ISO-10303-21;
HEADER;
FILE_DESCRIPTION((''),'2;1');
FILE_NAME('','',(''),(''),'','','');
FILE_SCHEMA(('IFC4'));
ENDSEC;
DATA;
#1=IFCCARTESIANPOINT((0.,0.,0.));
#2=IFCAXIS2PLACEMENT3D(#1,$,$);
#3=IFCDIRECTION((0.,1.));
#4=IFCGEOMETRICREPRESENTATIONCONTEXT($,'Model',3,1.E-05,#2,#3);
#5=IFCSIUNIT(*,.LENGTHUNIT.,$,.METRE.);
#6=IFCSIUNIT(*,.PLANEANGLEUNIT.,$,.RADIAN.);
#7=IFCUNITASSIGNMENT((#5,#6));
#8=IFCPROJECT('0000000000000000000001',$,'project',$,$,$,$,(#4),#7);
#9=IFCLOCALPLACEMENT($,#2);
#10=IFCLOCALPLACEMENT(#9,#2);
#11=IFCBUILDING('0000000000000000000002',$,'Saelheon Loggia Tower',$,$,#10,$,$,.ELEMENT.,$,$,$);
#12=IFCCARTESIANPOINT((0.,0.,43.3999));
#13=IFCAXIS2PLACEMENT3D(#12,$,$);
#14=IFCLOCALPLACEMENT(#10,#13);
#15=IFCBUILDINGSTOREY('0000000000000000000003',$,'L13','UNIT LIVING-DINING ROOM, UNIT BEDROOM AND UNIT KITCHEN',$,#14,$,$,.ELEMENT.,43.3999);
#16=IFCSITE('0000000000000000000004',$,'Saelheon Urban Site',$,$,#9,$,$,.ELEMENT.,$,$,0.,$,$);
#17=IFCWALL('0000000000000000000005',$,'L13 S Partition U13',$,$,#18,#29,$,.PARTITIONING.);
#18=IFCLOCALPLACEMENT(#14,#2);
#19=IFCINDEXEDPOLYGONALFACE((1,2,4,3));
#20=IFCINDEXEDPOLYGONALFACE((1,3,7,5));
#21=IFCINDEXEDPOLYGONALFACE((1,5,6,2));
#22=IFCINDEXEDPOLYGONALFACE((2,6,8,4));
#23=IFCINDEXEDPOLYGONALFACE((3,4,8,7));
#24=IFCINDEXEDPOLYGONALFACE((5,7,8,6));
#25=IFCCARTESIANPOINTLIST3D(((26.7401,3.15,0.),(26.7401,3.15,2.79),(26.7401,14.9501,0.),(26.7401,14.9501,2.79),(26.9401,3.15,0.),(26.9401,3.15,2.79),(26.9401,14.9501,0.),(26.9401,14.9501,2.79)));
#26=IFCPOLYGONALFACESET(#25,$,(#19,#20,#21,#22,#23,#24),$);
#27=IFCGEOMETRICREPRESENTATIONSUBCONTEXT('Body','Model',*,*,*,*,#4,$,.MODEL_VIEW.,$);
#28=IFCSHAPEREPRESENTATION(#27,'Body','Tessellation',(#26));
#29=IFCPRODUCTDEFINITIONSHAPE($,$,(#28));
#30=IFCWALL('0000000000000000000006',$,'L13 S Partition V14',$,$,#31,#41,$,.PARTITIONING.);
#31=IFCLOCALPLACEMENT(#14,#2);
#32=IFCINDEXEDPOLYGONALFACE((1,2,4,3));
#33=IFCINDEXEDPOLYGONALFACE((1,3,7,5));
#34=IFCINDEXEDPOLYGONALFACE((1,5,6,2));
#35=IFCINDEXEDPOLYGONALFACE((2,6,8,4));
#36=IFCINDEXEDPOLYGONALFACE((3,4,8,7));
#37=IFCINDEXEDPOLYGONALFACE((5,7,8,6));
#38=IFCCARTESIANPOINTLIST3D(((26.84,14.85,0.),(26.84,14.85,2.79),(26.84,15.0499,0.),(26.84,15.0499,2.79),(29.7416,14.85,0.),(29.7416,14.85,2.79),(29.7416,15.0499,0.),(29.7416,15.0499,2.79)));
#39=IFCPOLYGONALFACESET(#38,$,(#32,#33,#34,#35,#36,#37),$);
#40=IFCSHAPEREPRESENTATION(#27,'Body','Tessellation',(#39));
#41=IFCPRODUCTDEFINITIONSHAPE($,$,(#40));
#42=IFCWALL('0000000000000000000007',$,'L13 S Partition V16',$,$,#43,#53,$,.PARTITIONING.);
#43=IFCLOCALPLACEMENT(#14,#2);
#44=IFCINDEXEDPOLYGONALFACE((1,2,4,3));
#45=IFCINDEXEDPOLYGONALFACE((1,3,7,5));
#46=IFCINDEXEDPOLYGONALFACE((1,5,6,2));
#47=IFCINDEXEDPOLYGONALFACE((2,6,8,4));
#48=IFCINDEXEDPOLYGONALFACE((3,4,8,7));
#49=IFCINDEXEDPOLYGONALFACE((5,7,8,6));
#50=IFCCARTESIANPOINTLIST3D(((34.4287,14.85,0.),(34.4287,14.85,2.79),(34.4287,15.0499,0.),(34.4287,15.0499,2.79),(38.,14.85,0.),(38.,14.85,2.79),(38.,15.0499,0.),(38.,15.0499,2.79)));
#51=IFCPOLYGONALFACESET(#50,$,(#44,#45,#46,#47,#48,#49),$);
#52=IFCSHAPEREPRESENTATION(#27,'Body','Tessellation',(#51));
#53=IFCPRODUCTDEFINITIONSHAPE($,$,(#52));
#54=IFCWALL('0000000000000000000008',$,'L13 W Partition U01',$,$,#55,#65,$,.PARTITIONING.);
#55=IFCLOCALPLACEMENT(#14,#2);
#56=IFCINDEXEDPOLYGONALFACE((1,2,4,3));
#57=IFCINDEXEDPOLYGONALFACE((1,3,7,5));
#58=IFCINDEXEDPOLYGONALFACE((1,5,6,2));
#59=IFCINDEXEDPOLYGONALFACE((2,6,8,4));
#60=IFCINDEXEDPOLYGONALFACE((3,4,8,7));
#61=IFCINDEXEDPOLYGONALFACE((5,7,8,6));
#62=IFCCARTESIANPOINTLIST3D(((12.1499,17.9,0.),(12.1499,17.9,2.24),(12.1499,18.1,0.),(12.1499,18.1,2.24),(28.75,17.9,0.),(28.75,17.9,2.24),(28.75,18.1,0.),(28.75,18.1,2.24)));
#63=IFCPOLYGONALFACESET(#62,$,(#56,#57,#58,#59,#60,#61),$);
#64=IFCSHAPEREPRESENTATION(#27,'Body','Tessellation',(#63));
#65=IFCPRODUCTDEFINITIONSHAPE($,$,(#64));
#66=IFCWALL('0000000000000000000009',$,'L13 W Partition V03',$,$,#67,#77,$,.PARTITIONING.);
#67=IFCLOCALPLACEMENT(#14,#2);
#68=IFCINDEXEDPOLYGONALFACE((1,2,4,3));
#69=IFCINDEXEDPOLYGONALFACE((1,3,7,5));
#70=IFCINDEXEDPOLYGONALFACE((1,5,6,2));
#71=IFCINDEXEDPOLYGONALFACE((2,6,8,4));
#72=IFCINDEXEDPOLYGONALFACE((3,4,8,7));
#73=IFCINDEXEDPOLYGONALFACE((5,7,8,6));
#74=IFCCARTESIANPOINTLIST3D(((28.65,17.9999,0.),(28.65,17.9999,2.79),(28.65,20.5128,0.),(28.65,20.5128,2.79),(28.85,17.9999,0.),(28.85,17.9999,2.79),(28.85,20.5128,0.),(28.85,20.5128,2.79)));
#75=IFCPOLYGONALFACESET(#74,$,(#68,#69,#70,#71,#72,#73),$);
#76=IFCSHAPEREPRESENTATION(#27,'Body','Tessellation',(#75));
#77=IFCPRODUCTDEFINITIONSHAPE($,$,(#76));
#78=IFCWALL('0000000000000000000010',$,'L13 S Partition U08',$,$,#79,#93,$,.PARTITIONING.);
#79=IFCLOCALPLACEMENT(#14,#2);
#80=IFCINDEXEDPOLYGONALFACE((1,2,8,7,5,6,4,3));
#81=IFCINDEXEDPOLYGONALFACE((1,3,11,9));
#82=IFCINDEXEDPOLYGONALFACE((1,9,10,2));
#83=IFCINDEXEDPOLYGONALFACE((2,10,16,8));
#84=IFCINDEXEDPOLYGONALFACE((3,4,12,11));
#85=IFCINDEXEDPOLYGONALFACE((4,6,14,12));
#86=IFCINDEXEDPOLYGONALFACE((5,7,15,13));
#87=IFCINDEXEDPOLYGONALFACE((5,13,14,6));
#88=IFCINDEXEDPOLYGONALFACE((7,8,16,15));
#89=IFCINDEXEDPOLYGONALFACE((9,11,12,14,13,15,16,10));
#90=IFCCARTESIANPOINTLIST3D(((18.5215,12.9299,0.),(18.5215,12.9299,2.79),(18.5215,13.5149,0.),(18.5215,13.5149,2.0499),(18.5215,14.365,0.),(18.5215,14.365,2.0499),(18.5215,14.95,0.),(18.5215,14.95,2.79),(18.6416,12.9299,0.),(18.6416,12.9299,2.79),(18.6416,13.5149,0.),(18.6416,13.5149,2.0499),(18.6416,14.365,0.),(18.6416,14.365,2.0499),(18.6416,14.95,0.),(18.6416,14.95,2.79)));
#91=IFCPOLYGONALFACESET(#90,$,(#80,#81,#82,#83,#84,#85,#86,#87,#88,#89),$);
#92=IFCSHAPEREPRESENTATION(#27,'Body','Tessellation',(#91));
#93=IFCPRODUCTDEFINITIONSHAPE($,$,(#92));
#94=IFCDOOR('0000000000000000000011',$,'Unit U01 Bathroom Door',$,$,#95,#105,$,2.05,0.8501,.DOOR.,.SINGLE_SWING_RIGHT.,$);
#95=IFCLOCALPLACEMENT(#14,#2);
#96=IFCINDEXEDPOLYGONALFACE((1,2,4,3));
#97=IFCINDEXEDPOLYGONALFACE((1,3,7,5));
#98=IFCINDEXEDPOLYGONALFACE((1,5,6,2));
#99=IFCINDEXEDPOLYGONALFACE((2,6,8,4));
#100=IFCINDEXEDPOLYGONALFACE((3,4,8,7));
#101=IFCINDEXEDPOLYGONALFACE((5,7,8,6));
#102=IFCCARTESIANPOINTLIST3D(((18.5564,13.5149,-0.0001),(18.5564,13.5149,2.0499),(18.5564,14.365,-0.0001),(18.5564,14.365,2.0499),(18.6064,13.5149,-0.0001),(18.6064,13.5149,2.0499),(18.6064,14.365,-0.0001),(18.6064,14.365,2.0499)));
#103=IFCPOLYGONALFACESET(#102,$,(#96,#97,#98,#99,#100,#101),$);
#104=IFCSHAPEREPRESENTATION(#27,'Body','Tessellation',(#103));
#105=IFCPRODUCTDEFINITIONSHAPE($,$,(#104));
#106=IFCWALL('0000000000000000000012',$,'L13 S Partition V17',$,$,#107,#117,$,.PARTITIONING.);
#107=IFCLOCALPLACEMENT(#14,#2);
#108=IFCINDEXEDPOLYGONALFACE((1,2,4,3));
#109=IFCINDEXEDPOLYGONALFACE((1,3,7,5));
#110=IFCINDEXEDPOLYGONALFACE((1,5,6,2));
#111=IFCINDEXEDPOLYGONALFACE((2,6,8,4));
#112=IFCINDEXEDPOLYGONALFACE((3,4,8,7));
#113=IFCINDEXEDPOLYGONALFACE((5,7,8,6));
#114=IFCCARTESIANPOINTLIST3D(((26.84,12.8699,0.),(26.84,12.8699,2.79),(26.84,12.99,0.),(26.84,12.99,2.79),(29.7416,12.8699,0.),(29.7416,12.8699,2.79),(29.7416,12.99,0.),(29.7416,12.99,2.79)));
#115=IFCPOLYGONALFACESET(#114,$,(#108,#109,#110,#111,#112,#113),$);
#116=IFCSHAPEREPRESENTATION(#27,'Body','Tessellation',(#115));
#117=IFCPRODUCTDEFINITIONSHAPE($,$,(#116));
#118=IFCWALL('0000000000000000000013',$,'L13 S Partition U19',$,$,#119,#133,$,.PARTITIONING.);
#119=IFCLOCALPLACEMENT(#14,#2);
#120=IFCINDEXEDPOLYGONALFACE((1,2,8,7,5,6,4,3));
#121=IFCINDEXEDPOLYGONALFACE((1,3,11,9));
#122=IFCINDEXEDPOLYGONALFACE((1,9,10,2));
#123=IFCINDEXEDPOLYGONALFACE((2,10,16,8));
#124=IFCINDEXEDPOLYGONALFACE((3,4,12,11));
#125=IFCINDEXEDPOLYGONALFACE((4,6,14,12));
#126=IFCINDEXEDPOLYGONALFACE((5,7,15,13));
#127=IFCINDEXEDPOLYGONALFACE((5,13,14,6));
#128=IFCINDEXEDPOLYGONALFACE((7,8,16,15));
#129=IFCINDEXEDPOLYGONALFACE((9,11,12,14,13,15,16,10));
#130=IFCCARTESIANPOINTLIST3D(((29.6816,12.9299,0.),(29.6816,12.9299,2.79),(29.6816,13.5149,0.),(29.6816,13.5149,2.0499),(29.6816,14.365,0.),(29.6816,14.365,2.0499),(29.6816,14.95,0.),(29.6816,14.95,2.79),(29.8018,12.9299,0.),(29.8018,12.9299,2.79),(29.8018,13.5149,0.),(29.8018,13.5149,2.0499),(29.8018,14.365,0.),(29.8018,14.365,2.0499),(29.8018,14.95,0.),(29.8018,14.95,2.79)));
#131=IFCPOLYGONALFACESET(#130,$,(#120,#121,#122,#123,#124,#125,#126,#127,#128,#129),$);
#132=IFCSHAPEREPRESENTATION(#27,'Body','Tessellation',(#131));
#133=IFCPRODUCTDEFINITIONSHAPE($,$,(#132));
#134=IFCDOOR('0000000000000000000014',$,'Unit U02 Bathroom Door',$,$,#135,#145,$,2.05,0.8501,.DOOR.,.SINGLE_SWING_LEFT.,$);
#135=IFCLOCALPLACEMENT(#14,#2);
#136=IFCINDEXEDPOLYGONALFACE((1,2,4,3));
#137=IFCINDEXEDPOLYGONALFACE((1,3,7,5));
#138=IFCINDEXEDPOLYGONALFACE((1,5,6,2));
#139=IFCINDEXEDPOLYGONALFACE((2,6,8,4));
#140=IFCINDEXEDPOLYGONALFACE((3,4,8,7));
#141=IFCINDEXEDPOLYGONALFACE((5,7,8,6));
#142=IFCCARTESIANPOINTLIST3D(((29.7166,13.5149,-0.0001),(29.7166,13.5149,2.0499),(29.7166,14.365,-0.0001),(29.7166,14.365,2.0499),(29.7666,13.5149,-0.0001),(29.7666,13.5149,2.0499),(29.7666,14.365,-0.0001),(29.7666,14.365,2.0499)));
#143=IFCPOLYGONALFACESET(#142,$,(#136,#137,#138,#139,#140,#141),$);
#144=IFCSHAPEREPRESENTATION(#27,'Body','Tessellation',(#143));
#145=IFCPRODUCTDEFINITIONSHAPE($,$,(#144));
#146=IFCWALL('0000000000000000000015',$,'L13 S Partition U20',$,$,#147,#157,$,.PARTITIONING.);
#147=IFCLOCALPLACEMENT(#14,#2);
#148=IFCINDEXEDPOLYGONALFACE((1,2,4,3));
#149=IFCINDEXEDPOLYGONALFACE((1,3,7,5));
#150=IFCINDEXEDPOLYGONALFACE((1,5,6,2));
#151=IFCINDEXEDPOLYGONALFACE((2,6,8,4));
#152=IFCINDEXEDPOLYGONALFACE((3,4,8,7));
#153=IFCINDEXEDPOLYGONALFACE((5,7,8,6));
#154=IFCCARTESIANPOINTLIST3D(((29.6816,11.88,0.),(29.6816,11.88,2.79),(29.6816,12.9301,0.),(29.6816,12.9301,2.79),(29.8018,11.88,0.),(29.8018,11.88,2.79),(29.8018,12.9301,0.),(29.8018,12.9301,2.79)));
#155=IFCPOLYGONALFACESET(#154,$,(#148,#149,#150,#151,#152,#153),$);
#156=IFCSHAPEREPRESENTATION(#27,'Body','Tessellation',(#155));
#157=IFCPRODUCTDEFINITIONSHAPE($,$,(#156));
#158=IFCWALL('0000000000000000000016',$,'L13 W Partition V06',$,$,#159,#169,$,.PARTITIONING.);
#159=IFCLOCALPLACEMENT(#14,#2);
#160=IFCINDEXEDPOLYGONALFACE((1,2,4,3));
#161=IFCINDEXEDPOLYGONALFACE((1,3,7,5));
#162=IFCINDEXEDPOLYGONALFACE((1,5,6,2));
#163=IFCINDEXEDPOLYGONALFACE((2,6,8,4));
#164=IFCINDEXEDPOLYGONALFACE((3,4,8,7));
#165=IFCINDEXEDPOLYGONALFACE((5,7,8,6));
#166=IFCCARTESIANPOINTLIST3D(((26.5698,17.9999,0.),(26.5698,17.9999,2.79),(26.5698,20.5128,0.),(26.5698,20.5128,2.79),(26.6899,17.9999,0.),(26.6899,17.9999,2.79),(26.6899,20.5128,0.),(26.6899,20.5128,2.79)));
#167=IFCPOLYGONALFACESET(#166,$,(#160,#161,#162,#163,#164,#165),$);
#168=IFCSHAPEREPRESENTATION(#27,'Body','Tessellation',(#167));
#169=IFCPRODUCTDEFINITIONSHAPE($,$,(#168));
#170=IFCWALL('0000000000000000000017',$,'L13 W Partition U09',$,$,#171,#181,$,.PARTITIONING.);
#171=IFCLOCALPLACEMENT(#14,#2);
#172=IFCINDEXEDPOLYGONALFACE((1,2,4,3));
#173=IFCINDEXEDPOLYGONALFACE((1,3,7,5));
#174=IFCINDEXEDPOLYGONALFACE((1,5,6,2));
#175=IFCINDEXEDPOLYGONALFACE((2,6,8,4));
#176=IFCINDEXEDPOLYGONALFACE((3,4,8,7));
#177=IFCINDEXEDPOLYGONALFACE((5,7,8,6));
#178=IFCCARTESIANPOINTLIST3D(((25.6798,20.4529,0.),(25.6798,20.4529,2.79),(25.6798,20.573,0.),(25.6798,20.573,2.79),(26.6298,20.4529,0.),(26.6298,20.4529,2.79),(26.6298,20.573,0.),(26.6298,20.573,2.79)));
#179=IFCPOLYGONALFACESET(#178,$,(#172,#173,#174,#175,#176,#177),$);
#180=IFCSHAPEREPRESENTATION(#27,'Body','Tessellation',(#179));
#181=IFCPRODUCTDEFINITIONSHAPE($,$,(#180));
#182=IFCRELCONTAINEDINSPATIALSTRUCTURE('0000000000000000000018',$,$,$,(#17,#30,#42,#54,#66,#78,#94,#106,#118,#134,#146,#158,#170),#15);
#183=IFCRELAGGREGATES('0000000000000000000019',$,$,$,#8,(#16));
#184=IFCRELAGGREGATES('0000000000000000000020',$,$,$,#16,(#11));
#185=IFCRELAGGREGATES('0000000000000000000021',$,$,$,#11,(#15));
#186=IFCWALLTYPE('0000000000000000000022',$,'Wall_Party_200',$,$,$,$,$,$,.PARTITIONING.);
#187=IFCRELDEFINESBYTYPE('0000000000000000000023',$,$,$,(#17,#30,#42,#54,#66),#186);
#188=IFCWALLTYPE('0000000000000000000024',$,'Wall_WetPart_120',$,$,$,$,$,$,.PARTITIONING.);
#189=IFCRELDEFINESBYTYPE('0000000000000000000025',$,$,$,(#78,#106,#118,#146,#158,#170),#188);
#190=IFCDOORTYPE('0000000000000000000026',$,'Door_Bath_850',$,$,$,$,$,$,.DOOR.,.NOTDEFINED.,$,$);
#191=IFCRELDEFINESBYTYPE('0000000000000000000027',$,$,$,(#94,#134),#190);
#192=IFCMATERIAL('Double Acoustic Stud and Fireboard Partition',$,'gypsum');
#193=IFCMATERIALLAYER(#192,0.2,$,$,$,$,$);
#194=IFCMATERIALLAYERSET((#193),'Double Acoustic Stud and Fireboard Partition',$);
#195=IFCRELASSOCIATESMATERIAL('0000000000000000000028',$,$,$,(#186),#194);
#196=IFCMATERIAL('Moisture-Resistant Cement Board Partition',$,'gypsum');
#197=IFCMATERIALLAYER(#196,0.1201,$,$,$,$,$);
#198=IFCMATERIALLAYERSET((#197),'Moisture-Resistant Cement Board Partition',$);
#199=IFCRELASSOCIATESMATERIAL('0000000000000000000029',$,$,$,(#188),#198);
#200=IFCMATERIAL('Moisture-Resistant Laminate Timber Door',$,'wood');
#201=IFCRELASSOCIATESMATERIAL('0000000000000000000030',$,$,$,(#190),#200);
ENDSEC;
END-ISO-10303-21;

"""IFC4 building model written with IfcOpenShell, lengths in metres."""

from ifc_helpers import new_model, si_unit, direction, frame, frame_2d, origin, place, context, subcontext, project, spatial, rectangle, extrude, source, transform, mapped, material, layer, layer_set, type_object, element, fill, save


model = new_model("IFC4")

# Units and contexts
model_context = context("Model", 3, precision=1e-05, world=origin(), true_north=direction((0.0, 1.0)))
body_context = subcontext(model_context, "Body", "Model", "MODEL_VIEW")
ifc_project = project(units=[si_unit("LENGTHUNIT", "METRE"), si_unit("PLANEANGLEUNIT", "RADIAN")], contexts=[model_context])

# Site, building, storey
site_placement = place(None, origin())
site = spatial("IfcSite", under=ifc_project, at=site_placement, Name="Saelheon Urban Site", CompositionType="ELEMENT", RefElevation=0.0)
building_placement = place(site_placement, origin())
building = spatial("IfcBuilding", under=site, at=building_placement, Name="Saelheon Loggia Tower", CompositionType="ELEMENT")
storey_placement = place(building_placement, frame((0.0, 0.0, 43.3999)))
storey = spatial("IfcBuildingStorey", under=building, at=storey_placement, Name="L13", Description="UNIT LIVING-DINING ROOM, UNIT BEDROOM AND UNIT KITCHEN", CompositionType="ELEMENT", Elevation=43.3999)

# Shared definitions
ifc_material_1 = material(Name="Double Acoustic Stud and Fireboard Partition", Category="gypsum")
ifc_layer_1 = layer(ifc_material_1, 0.2)
ifc_layer_set_1 = layer_set([ifc_layer_1], Name="Double Acoustic Stud and Fireboard Partition")
wall_type_1 = type_object("IfcWallType", Name="Wall_Party_200", PredefinedType="PARTITIONING", material=ifc_layer_set_1)

# Walls
wall_1_placement = place(storey_placement, frame((26.8401, 14.95, 0.0), z_axis=(0.0, 0.0, 1.0), x_axis=(0.0, -1.0, 0.0)))
element("IfcWall", 1, at=wall_1_placement, inside=storey, type_object=wall_type_1, Name="L13 S Partition U13", PredefinedType="PARTITIONING", context=body_context, shape_type="SweptSolid", body=[
    extrude(rectangle(XDim=11.8, YDim=0.2, at=frame_2d((5.8999, 0.0))), origin(), (0.0, 0.0, 1.0), 2.79),
])
wall_2_placement = place(storey_placement, frame((26.8401, 14.95, 0.0), z_axis=(0.0, 0.0, 1.0), x_axis=(1.0, 0.0, 0.0)))
element("IfcWall", 2, at=wall_2_placement, inside=storey, type_object=wall_type_1, Name="L13 S Partition V14", PredefinedType="PARTITIONING", context=body_context, shape_type="SweptSolid", body=[
    extrude(rectangle(XDim=2.9016, YDim=0.2, at=frame_2d((1.4507, 0.0))), origin(), (0.0, 0.0, 1.0), 2.79),
])

# Walls
wall_3_placement = place(storey_placement, frame((34.4287, 14.95, 0.0), z_axis=(0.0, 0.0, 1.0), x_axis=(1.0, 0.0, 0.0)))
element("IfcWall", 3, at=wall_3_placement, inside=storey, type_object=wall_type_1, Name="L13 S Partition V16", PredefinedType="PARTITIONING", context=body_context, shape_type="SweptSolid", body=[
    extrude(rectangle(XDim=3.5713, YDim=0.2, at=frame_2d((1.7856, 0.0))), origin(), (0.0, 0.0, 1.0), 2.79),
])
wall_4_placement = place(storey_placement, frame((28.75, 18.0, 0.0), z_axis=(0.0, 0.0, 1.0), x_axis=(-1.0, 0.0, 0.0)))
element("IfcWall", 4, at=wall_4_placement, inside=storey, type_object=wall_type_1, Name="L13 W Partition U01", PredefinedType="PARTITIONING", context=body_context, shape_type="SweptSolid", body=[
    extrude(rectangle(XDim=16.6001, YDim=0.2, at=frame_2d((8.3, 0.0))), origin(), (0.0, 0.0, 1.0), 2.24),
])
wall_5_placement = place(storey_placement, frame((28.75, 18.0, 0.0), z_axis=(0.0, 0.0, 1.0), x_axis=(0.0, 1.0, 0.0)))
element("IfcWall", 5, at=wall_5_placement, inside=storey, type_object=wall_type_1, Name="L13 W Partition V03", PredefinedType="PARTITIONING", context=body_context, shape_type="SweptSolid", body=[
    extrude(rectangle(XDim=2.5129, YDim=0.2, at=frame_2d((1.2563, 0.0))), origin(), (0.0, 0.0, 1.0), 2.79),
])

# Wall, opening, door
ifc_material_2 = material(Name="Moisture-Resistant Cement Board Partition", Category="gypsum")
ifc_layer_2 = layer(ifc_material_2, 0.1201)
ifc_layer_set_2 = layer_set([ifc_layer_2], Name="Moisture-Resistant Cement Board Partition")
wall_type_2 = type_object("IfcWallType", Name="Wall_WetPart_120", PredefinedType="PARTITIONING", material=ifc_layer_set_2)
wall_6_placement = place(storey_placement, frame((18.5815, 14.95, 0.0), z_axis=(0.0, 0.0, 1.0), x_axis=(0.0, -1.0, 0.0)))
wall_6 = element("IfcWall", 6, at=wall_6_placement, inside=storey, type_object=wall_type_2, Name="L13 S Partition U08", PredefinedType="PARTITIONING", context=body_context, shape_type="SweptSolid", body=[
    extrude(rectangle(XDim=2.02, YDim=0.1201, at=frame_2d((1.01, 0.0))), origin(), (0.0, 0.0, 1.0), 2.79),
])
opening_1_placement = place(wall_6_placement, frame((0.585, 0.0, 0.0)))
opening_1 = element("IfcOpeningElement", 7, at=opening_1_placement, cuts=wall_6, PredefinedType="OPENING", context=body_context, shape_type="SweptSolid", body=[
    extrude(rectangle(XDim=0.8501, YDim=2.05, at=frame_2d((0.425, 1.0249))), frame((0.0, 0.072, 0.0), z_axis=(0.0, -1.0, 0.0), x_axis=(1.0, 0.0, 0.0)), (0.0, 0.0, 1.0), 0.144),
])
ifc_material_3 = material(Name="Moisture-Resistant Laminate Timber Door", Category="wood")
door_type_1 = type_object("IfcDoorType", Name="Door_Bath_850", OperationType="NOTDEFINED", PredefinedType="DOOR", material=ifc_material_3)
shared_shape_1 = source(origin(), body_context, "Body", "SweptSolid", [
    extrude(rectangle(XDim=0.8501, YDim=2.05, at=frame_2d((0.425, 1.0249))), frame((0.0, 0.0249, 0.0), z_axis=(0.0, -1.0, 0.0), x_axis=(1.0, 0.0, 0.0)), (0.0, 0.0, 1.0), 0.05),
])
door_1_placement = place(opening_1_placement, origin())
door_1 = element("IfcDoor", 8, at=door_1_placement, inside=storey, type_object=door_type_1, Name="Unit U01 Bathroom Door", OperationType="SINGLE_SWING_RIGHT", OverallHeight=2.05, OverallWidth=0.8501, PredefinedType="DOOR", context=body_context, shape_type="MappedRepresentation", body=[
    mapped(shared_shape_1, transform((0.0, 0.0, 0.0), scale=1.0)),
])
fill(opening_1, door_1)

# Wall
wall_7_placement = place(storey_placement, frame((26.8401, 12.9299, 0.0), z_axis=(0.0, 0.0, 1.0), x_axis=(1.0, 0.0, 0.0)))
element("IfcWall", 9, at=wall_7_placement, inside=storey, type_object=wall_type_2, Name="L13 S Partition V17", PredefinedType="PARTITIONING", context=body_context, shape_type="SweptSolid", body=[
    extrude(rectangle(XDim=2.9016, YDim=0.1201, at=frame_2d((1.4507, 0.0))), origin(), (0.0, 0.0, 1.0), 2.79),
])

# Wall, opening, door
wall_8_placement = place(storey_placement, frame((29.7417, 14.95, 0.0), z_axis=(0.0, 0.0, 1.0), x_axis=(0.0, -1.0, 0.0)))
wall_8 = element("IfcWall", 10, at=wall_8_placement, inside=storey, type_object=wall_type_2, Name="L13 S Partition U19", PredefinedType="PARTITIONING", context=body_context, shape_type="SweptSolid", body=[
    extrude(rectangle(XDim=2.02, YDim=0.1201, at=frame_2d((1.01, 0.0))), origin(), (0.0, 0.0, 1.0), 2.79),
])
opening_2_placement = place(wall_8_placement, frame((0.585, 0.0, 0.0)))
opening_2 = element("IfcOpeningElement", 11, at=opening_2_placement, cuts=wall_8, PredefinedType="OPENING", context=body_context, shape_type="SweptSolid", body=[
    extrude(rectangle(XDim=0.8501, YDim=2.05, at=frame_2d((0.425, 1.0249))), frame((0.0, 0.072, 0.0), z_axis=(0.0, -1.0, 0.0), x_axis=(1.0, 0.0, 0.0)), (0.0, 0.0, 1.0), 0.144),
])
door_2_placement = place(opening_2_placement, origin())
door_2 = element("IfcDoor", 12, at=door_2_placement, inside=storey, type_object=door_type_1, Name="Unit U02 Bathroom Door", OperationType="SINGLE_SWING_LEFT", OverallHeight=2.05, OverallWidth=0.8501, PredefinedType="DOOR", context=body_context, shape_type="MappedRepresentation", body=[
    mapped(shared_shape_1, transform((0.0, 0.0, 0.0), scale=1.0)),
])
fill(opening_2, door_2)

# Walls
wall_9_placement = place(storey_placement, frame((29.7417, 12.9299, 0.0), z_axis=(0.0, 0.0, 1.0), x_axis=(0.0, -1.0, 0.0)))
element("IfcWall", 13, at=wall_9_placement, inside=storey, type_object=wall_type_2, Name="L13 S Partition U20", PredefinedType="PARTITIONING", context=body_context, shape_type="SweptSolid", body=[
    extrude(rectangle(XDim=1.05, YDim=0.1201, at=frame_2d((0.5249, 0.0))), origin(), (0.0, 0.0, 1.0), 2.79),
])
wall_10_placement = place(storey_placement, frame((26.6299, 18.0, 0.0), z_axis=(0.0, 0.0, 1.0), x_axis=(0.0, 1.0, 0.0)))
element("IfcWall", 14, at=wall_10_placement, inside=storey, type_object=wall_type_2, Name="L13 W Partition V06", PredefinedType="PARTITIONING", context=body_context, shape_type="SweptSolid", body=[
    extrude(rectangle(XDim=2.5129, YDim=0.1201, at=frame_2d((1.2563, 0.0))), origin(), (0.0, 0.0, 1.0), 2.79),
])
wall_11_placement = place(storey_placement, frame((26.6299, 20.5129, 0.0), z_axis=(0.0, 0.0, 1.0), x_axis=(-1.0, 0.0, 0.0)))
element("IfcWall", 15, at=wall_11_placement, inside=storey, type_object=wall_type_2, Name="L13 W Partition U09", PredefinedType="PARTITIONING", context=body_context, shape_type="SweptSolid", body=[
    extrude(rectangle(XDim=0.95, YDim=0.1201, at=frame_2d((0.4751, 0.0))), origin(), (0.0, 0.0, 1.0), 2.79),
])

save(model, "model.ifc")
